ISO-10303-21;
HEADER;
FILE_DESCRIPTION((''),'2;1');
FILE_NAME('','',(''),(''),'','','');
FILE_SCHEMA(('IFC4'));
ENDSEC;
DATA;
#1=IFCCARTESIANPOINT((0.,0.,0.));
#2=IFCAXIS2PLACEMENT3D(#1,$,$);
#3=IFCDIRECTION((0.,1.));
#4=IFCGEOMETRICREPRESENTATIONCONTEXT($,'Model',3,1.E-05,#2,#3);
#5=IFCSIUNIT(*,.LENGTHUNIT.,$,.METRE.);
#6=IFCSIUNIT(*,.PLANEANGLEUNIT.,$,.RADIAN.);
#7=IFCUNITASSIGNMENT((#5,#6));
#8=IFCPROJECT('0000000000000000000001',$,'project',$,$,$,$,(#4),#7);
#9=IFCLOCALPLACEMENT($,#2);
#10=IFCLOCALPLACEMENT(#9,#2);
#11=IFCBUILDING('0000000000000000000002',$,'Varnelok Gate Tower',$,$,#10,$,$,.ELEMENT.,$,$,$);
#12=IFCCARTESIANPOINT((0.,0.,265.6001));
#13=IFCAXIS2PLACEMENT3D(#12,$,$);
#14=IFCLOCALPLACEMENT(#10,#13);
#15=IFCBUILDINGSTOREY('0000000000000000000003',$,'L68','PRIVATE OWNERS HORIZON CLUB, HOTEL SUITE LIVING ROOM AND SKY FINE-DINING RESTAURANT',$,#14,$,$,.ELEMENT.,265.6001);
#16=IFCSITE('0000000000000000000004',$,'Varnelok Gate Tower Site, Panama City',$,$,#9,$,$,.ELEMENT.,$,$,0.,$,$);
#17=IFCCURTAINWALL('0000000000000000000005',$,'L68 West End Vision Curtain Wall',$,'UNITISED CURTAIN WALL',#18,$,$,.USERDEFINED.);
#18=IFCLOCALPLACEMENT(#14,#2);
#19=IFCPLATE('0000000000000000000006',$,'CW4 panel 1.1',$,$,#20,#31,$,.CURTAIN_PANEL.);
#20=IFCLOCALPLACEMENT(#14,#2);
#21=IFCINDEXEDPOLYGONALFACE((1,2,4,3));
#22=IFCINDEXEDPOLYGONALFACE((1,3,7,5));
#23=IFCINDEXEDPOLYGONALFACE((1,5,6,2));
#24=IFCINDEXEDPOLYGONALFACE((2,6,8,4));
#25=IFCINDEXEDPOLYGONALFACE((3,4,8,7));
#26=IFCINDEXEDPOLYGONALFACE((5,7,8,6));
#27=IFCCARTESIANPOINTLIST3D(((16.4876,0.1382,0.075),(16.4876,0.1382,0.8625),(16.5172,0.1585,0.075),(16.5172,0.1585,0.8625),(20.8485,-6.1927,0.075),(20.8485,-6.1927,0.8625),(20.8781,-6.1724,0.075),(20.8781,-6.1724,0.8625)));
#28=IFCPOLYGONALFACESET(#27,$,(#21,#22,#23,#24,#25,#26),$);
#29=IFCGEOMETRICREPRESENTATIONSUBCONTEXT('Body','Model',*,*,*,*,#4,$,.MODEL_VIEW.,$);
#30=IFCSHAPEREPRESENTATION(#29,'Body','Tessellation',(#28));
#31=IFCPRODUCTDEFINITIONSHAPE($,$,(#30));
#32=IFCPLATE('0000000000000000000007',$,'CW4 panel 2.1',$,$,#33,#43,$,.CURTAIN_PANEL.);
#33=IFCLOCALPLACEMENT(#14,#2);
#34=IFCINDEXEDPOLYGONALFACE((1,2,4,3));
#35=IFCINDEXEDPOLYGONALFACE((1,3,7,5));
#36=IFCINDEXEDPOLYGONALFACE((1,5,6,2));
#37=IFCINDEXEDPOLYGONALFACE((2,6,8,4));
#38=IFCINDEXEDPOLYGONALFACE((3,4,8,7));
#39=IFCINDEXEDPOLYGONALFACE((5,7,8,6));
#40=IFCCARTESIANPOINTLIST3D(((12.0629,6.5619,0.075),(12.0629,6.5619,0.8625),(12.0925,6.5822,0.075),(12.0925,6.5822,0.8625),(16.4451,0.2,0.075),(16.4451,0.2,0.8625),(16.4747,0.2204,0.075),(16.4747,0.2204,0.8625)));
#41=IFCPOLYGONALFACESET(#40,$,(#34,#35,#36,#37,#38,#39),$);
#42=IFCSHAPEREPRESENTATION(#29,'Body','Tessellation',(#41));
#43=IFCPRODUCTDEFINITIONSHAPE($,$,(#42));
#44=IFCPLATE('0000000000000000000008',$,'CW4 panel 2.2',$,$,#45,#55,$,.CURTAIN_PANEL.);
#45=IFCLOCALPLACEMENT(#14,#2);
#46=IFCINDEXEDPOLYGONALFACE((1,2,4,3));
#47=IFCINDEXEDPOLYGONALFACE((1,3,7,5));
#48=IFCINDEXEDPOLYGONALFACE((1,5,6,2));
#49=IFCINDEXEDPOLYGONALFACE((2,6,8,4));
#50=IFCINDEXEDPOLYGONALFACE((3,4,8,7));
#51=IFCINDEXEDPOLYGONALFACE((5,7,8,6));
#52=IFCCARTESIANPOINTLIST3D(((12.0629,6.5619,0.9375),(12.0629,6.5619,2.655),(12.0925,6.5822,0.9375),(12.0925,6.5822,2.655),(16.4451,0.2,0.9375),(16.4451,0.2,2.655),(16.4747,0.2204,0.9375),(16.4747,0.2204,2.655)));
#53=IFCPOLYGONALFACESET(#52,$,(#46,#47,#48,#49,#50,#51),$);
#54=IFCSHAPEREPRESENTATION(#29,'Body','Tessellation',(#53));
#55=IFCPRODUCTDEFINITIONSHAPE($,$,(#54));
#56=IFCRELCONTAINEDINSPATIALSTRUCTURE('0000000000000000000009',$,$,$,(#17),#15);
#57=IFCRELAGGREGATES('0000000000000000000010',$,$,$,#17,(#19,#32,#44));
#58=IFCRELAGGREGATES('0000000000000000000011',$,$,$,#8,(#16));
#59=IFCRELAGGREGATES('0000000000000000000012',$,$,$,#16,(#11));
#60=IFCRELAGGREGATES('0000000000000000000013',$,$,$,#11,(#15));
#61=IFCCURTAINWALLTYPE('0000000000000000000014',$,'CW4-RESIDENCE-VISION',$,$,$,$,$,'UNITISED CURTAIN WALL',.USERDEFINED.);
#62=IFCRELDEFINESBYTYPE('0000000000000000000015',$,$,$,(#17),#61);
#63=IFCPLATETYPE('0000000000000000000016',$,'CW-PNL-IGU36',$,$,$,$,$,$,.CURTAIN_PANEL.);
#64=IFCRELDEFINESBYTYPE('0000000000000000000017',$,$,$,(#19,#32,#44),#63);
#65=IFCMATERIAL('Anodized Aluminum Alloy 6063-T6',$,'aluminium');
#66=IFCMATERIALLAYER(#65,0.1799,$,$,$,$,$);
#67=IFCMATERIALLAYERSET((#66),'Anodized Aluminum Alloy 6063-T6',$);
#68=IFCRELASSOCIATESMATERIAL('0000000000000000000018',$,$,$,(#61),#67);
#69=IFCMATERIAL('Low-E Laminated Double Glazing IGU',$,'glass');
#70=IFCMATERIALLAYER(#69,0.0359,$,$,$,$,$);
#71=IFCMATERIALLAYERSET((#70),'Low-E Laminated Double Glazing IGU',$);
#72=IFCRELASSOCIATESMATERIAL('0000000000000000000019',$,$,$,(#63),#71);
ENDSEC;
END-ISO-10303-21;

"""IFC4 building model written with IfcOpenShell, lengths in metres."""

from ifc_helpers import new_model, si_unit, direction, frame, origin, origin_2d, place, context, subcontext, project, spatial, rectangle, extrude, source, transform, mapped, material, layer, layer_set, type_object, element, aggregate, save


model = new_model("IFC4")

# Units and contexts
model_context = context("Model", 3, precision=1e-05, world=origin(), true_north=direction((0.0, 1.0)))
body_context = subcontext(model_context, "Body", "Model", "MODEL_VIEW")
ifc_project = project(units=[si_unit("LENGTHUNIT", "METRE"), si_unit("PLANEANGLEUNIT", "RADIAN")], contexts=[model_context])

# Site, building, storey
site_placement = place(None, origin())
site = spatial("IfcSite", under=ifc_project, at=site_placement, Name="Varnelok Gate Tower Site, Panama City", CompositionType="ELEMENT", RefElevation=0.0)
building_placement = place(site_placement, origin())
building = spatial("IfcBuilding", under=site, at=building_placement, Name="Varnelok Gate Tower", CompositionType="ELEMENT")
storey_placement = place(building_placement, frame((0.0, 0.0, 265.6001)))
storey = spatial("IfcBuildingStorey", under=building, at=storey_placement, Name="L68", Description="PRIVATE OWNERS HORIZON CLUB, HOTEL SUITE LIVING ROOM AND SKY FINE-DINING RESTAURANT", CompositionType="ELEMENT", Elevation=265.6001)

# Curtain wall
ifc_material_1 = material(Name="Anodized Aluminum Alloy 6063-T6", Category="aluminium")
ifc_layer_1 = layer(ifc_material_1, 0.1799)
ifc_layer_set_1 = layer_set([ifc_layer_1], Name="Anodized Aluminum Alloy 6063-T6")
curtain_wall_type = type_object("IfcCurtainWallType", Name="CW4-RESIDENCE-VISION", ElementType="UNITISED CURTAIN WALL", PredefinedType="USERDEFINED", material=ifc_layer_set_1)
curtain_wall_placement = place(storey_placement, origin())
curtain_wall = element("IfcCurtainWall", 1, at=curtain_wall_placement, inside=storey, type_object=curtain_wall_type, Name="L68 West End Vision Curtain Wall", ObjectType="UNITISED CURTAIN WALL", PredefinedType="USERDEFINED")

# Plates
ifc_material_2 = material(Name="Low-E Laminated Double Glazing IGU", Category="glass")
ifc_layer_2 = layer(ifc_material_2, 0.0359)
ifc_layer_set_2 = layer_set([ifc_layer_2], Name="Low-E Laminated Double Glazing IGU")
plate_type = type_object("IfcPlateType", Name="CW-PNL-IGU36", PredefinedType="CURTAIN_PANEL", material=ifc_layer_set_2)
shared_shape_1 = source(origin(), body_context, "Body", "SweptSolid", [
    extrude(rectangle(XDim=7.6875, YDim=0.0359, at=origin_2d()), origin(), (0.0, 0.0, 1.0), 0.7876),
])
plate_1_placement = place(storey_placement, frame((18.6829, -3.0171, 0.075), z_axis=(0.0, 0.0, 1.0), x_axis=(-0.567269, 0.823532, 0.0)))
plate_1 = element("IfcPlate", 2, at=plate_1_placement, type_object=plate_type, Name="CW4 panel 1.1", PredefinedType="CURTAIN_PANEL", context=body_context, shape_type="MappedRepresentation", body=[
    mapped(shared_shape_1, transform((0.0, 0.0, 0.0), scale=1.0)),
])
shared_shape_2 = source(origin(), body_context, "Body", "SweptSolid", [
    extrude(rectangle(XDim=7.7251, YDim=0.0359, at=origin_2d()), origin(), (0.0, 0.0, 1.0), 0.7876),
])
plate_2_placement = place(storey_placement, frame((14.2688, 3.3911, 0.075), z_axis=(0.0, 0.0, 1.0), x_axis=(-0.567269, 0.823532, 0.0)))
plate_2 = element("IfcPlate", 3, at=plate_2_placement, type_object=plate_type, Name="CW4 panel 2.1", PredefinedType="CURTAIN_PANEL", context=body_context, shape_type="MappedRepresentation", body=[
    mapped(shared_shape_2, transform((0.0, 0.0, 0.0), scale=1.0)),
])
shared_shape_3 = source(origin(), body_context, "Body", "SweptSolid", [
    extrude(rectangle(XDim=7.7251, YDim=0.0359, at=origin_2d()), origin(), (0.0, 0.0, 1.0), 1.7175),
])
plate_3_placement = place(storey_placement, frame((14.2688, 3.3911, 0.9375), z_axis=(0.0, 0.0, 1.0), x_axis=(-0.567269, 0.823532, 0.0)))
plate_3 = element("IfcPlate", 4, at=plate_3_placement, type_object=plate_type, Name="CW4 panel 2.2", PredefinedType="CURTAIN_PANEL", context=body_context, shape_type="MappedRepresentation", body=[
    mapped(shared_shape_3, transform((0.0, 0.0, 0.0), scale=1.0)),
])
aggregate(curtain_wall, [plate_1, plate_2, plate_3])

save(model, "model.ifc")
